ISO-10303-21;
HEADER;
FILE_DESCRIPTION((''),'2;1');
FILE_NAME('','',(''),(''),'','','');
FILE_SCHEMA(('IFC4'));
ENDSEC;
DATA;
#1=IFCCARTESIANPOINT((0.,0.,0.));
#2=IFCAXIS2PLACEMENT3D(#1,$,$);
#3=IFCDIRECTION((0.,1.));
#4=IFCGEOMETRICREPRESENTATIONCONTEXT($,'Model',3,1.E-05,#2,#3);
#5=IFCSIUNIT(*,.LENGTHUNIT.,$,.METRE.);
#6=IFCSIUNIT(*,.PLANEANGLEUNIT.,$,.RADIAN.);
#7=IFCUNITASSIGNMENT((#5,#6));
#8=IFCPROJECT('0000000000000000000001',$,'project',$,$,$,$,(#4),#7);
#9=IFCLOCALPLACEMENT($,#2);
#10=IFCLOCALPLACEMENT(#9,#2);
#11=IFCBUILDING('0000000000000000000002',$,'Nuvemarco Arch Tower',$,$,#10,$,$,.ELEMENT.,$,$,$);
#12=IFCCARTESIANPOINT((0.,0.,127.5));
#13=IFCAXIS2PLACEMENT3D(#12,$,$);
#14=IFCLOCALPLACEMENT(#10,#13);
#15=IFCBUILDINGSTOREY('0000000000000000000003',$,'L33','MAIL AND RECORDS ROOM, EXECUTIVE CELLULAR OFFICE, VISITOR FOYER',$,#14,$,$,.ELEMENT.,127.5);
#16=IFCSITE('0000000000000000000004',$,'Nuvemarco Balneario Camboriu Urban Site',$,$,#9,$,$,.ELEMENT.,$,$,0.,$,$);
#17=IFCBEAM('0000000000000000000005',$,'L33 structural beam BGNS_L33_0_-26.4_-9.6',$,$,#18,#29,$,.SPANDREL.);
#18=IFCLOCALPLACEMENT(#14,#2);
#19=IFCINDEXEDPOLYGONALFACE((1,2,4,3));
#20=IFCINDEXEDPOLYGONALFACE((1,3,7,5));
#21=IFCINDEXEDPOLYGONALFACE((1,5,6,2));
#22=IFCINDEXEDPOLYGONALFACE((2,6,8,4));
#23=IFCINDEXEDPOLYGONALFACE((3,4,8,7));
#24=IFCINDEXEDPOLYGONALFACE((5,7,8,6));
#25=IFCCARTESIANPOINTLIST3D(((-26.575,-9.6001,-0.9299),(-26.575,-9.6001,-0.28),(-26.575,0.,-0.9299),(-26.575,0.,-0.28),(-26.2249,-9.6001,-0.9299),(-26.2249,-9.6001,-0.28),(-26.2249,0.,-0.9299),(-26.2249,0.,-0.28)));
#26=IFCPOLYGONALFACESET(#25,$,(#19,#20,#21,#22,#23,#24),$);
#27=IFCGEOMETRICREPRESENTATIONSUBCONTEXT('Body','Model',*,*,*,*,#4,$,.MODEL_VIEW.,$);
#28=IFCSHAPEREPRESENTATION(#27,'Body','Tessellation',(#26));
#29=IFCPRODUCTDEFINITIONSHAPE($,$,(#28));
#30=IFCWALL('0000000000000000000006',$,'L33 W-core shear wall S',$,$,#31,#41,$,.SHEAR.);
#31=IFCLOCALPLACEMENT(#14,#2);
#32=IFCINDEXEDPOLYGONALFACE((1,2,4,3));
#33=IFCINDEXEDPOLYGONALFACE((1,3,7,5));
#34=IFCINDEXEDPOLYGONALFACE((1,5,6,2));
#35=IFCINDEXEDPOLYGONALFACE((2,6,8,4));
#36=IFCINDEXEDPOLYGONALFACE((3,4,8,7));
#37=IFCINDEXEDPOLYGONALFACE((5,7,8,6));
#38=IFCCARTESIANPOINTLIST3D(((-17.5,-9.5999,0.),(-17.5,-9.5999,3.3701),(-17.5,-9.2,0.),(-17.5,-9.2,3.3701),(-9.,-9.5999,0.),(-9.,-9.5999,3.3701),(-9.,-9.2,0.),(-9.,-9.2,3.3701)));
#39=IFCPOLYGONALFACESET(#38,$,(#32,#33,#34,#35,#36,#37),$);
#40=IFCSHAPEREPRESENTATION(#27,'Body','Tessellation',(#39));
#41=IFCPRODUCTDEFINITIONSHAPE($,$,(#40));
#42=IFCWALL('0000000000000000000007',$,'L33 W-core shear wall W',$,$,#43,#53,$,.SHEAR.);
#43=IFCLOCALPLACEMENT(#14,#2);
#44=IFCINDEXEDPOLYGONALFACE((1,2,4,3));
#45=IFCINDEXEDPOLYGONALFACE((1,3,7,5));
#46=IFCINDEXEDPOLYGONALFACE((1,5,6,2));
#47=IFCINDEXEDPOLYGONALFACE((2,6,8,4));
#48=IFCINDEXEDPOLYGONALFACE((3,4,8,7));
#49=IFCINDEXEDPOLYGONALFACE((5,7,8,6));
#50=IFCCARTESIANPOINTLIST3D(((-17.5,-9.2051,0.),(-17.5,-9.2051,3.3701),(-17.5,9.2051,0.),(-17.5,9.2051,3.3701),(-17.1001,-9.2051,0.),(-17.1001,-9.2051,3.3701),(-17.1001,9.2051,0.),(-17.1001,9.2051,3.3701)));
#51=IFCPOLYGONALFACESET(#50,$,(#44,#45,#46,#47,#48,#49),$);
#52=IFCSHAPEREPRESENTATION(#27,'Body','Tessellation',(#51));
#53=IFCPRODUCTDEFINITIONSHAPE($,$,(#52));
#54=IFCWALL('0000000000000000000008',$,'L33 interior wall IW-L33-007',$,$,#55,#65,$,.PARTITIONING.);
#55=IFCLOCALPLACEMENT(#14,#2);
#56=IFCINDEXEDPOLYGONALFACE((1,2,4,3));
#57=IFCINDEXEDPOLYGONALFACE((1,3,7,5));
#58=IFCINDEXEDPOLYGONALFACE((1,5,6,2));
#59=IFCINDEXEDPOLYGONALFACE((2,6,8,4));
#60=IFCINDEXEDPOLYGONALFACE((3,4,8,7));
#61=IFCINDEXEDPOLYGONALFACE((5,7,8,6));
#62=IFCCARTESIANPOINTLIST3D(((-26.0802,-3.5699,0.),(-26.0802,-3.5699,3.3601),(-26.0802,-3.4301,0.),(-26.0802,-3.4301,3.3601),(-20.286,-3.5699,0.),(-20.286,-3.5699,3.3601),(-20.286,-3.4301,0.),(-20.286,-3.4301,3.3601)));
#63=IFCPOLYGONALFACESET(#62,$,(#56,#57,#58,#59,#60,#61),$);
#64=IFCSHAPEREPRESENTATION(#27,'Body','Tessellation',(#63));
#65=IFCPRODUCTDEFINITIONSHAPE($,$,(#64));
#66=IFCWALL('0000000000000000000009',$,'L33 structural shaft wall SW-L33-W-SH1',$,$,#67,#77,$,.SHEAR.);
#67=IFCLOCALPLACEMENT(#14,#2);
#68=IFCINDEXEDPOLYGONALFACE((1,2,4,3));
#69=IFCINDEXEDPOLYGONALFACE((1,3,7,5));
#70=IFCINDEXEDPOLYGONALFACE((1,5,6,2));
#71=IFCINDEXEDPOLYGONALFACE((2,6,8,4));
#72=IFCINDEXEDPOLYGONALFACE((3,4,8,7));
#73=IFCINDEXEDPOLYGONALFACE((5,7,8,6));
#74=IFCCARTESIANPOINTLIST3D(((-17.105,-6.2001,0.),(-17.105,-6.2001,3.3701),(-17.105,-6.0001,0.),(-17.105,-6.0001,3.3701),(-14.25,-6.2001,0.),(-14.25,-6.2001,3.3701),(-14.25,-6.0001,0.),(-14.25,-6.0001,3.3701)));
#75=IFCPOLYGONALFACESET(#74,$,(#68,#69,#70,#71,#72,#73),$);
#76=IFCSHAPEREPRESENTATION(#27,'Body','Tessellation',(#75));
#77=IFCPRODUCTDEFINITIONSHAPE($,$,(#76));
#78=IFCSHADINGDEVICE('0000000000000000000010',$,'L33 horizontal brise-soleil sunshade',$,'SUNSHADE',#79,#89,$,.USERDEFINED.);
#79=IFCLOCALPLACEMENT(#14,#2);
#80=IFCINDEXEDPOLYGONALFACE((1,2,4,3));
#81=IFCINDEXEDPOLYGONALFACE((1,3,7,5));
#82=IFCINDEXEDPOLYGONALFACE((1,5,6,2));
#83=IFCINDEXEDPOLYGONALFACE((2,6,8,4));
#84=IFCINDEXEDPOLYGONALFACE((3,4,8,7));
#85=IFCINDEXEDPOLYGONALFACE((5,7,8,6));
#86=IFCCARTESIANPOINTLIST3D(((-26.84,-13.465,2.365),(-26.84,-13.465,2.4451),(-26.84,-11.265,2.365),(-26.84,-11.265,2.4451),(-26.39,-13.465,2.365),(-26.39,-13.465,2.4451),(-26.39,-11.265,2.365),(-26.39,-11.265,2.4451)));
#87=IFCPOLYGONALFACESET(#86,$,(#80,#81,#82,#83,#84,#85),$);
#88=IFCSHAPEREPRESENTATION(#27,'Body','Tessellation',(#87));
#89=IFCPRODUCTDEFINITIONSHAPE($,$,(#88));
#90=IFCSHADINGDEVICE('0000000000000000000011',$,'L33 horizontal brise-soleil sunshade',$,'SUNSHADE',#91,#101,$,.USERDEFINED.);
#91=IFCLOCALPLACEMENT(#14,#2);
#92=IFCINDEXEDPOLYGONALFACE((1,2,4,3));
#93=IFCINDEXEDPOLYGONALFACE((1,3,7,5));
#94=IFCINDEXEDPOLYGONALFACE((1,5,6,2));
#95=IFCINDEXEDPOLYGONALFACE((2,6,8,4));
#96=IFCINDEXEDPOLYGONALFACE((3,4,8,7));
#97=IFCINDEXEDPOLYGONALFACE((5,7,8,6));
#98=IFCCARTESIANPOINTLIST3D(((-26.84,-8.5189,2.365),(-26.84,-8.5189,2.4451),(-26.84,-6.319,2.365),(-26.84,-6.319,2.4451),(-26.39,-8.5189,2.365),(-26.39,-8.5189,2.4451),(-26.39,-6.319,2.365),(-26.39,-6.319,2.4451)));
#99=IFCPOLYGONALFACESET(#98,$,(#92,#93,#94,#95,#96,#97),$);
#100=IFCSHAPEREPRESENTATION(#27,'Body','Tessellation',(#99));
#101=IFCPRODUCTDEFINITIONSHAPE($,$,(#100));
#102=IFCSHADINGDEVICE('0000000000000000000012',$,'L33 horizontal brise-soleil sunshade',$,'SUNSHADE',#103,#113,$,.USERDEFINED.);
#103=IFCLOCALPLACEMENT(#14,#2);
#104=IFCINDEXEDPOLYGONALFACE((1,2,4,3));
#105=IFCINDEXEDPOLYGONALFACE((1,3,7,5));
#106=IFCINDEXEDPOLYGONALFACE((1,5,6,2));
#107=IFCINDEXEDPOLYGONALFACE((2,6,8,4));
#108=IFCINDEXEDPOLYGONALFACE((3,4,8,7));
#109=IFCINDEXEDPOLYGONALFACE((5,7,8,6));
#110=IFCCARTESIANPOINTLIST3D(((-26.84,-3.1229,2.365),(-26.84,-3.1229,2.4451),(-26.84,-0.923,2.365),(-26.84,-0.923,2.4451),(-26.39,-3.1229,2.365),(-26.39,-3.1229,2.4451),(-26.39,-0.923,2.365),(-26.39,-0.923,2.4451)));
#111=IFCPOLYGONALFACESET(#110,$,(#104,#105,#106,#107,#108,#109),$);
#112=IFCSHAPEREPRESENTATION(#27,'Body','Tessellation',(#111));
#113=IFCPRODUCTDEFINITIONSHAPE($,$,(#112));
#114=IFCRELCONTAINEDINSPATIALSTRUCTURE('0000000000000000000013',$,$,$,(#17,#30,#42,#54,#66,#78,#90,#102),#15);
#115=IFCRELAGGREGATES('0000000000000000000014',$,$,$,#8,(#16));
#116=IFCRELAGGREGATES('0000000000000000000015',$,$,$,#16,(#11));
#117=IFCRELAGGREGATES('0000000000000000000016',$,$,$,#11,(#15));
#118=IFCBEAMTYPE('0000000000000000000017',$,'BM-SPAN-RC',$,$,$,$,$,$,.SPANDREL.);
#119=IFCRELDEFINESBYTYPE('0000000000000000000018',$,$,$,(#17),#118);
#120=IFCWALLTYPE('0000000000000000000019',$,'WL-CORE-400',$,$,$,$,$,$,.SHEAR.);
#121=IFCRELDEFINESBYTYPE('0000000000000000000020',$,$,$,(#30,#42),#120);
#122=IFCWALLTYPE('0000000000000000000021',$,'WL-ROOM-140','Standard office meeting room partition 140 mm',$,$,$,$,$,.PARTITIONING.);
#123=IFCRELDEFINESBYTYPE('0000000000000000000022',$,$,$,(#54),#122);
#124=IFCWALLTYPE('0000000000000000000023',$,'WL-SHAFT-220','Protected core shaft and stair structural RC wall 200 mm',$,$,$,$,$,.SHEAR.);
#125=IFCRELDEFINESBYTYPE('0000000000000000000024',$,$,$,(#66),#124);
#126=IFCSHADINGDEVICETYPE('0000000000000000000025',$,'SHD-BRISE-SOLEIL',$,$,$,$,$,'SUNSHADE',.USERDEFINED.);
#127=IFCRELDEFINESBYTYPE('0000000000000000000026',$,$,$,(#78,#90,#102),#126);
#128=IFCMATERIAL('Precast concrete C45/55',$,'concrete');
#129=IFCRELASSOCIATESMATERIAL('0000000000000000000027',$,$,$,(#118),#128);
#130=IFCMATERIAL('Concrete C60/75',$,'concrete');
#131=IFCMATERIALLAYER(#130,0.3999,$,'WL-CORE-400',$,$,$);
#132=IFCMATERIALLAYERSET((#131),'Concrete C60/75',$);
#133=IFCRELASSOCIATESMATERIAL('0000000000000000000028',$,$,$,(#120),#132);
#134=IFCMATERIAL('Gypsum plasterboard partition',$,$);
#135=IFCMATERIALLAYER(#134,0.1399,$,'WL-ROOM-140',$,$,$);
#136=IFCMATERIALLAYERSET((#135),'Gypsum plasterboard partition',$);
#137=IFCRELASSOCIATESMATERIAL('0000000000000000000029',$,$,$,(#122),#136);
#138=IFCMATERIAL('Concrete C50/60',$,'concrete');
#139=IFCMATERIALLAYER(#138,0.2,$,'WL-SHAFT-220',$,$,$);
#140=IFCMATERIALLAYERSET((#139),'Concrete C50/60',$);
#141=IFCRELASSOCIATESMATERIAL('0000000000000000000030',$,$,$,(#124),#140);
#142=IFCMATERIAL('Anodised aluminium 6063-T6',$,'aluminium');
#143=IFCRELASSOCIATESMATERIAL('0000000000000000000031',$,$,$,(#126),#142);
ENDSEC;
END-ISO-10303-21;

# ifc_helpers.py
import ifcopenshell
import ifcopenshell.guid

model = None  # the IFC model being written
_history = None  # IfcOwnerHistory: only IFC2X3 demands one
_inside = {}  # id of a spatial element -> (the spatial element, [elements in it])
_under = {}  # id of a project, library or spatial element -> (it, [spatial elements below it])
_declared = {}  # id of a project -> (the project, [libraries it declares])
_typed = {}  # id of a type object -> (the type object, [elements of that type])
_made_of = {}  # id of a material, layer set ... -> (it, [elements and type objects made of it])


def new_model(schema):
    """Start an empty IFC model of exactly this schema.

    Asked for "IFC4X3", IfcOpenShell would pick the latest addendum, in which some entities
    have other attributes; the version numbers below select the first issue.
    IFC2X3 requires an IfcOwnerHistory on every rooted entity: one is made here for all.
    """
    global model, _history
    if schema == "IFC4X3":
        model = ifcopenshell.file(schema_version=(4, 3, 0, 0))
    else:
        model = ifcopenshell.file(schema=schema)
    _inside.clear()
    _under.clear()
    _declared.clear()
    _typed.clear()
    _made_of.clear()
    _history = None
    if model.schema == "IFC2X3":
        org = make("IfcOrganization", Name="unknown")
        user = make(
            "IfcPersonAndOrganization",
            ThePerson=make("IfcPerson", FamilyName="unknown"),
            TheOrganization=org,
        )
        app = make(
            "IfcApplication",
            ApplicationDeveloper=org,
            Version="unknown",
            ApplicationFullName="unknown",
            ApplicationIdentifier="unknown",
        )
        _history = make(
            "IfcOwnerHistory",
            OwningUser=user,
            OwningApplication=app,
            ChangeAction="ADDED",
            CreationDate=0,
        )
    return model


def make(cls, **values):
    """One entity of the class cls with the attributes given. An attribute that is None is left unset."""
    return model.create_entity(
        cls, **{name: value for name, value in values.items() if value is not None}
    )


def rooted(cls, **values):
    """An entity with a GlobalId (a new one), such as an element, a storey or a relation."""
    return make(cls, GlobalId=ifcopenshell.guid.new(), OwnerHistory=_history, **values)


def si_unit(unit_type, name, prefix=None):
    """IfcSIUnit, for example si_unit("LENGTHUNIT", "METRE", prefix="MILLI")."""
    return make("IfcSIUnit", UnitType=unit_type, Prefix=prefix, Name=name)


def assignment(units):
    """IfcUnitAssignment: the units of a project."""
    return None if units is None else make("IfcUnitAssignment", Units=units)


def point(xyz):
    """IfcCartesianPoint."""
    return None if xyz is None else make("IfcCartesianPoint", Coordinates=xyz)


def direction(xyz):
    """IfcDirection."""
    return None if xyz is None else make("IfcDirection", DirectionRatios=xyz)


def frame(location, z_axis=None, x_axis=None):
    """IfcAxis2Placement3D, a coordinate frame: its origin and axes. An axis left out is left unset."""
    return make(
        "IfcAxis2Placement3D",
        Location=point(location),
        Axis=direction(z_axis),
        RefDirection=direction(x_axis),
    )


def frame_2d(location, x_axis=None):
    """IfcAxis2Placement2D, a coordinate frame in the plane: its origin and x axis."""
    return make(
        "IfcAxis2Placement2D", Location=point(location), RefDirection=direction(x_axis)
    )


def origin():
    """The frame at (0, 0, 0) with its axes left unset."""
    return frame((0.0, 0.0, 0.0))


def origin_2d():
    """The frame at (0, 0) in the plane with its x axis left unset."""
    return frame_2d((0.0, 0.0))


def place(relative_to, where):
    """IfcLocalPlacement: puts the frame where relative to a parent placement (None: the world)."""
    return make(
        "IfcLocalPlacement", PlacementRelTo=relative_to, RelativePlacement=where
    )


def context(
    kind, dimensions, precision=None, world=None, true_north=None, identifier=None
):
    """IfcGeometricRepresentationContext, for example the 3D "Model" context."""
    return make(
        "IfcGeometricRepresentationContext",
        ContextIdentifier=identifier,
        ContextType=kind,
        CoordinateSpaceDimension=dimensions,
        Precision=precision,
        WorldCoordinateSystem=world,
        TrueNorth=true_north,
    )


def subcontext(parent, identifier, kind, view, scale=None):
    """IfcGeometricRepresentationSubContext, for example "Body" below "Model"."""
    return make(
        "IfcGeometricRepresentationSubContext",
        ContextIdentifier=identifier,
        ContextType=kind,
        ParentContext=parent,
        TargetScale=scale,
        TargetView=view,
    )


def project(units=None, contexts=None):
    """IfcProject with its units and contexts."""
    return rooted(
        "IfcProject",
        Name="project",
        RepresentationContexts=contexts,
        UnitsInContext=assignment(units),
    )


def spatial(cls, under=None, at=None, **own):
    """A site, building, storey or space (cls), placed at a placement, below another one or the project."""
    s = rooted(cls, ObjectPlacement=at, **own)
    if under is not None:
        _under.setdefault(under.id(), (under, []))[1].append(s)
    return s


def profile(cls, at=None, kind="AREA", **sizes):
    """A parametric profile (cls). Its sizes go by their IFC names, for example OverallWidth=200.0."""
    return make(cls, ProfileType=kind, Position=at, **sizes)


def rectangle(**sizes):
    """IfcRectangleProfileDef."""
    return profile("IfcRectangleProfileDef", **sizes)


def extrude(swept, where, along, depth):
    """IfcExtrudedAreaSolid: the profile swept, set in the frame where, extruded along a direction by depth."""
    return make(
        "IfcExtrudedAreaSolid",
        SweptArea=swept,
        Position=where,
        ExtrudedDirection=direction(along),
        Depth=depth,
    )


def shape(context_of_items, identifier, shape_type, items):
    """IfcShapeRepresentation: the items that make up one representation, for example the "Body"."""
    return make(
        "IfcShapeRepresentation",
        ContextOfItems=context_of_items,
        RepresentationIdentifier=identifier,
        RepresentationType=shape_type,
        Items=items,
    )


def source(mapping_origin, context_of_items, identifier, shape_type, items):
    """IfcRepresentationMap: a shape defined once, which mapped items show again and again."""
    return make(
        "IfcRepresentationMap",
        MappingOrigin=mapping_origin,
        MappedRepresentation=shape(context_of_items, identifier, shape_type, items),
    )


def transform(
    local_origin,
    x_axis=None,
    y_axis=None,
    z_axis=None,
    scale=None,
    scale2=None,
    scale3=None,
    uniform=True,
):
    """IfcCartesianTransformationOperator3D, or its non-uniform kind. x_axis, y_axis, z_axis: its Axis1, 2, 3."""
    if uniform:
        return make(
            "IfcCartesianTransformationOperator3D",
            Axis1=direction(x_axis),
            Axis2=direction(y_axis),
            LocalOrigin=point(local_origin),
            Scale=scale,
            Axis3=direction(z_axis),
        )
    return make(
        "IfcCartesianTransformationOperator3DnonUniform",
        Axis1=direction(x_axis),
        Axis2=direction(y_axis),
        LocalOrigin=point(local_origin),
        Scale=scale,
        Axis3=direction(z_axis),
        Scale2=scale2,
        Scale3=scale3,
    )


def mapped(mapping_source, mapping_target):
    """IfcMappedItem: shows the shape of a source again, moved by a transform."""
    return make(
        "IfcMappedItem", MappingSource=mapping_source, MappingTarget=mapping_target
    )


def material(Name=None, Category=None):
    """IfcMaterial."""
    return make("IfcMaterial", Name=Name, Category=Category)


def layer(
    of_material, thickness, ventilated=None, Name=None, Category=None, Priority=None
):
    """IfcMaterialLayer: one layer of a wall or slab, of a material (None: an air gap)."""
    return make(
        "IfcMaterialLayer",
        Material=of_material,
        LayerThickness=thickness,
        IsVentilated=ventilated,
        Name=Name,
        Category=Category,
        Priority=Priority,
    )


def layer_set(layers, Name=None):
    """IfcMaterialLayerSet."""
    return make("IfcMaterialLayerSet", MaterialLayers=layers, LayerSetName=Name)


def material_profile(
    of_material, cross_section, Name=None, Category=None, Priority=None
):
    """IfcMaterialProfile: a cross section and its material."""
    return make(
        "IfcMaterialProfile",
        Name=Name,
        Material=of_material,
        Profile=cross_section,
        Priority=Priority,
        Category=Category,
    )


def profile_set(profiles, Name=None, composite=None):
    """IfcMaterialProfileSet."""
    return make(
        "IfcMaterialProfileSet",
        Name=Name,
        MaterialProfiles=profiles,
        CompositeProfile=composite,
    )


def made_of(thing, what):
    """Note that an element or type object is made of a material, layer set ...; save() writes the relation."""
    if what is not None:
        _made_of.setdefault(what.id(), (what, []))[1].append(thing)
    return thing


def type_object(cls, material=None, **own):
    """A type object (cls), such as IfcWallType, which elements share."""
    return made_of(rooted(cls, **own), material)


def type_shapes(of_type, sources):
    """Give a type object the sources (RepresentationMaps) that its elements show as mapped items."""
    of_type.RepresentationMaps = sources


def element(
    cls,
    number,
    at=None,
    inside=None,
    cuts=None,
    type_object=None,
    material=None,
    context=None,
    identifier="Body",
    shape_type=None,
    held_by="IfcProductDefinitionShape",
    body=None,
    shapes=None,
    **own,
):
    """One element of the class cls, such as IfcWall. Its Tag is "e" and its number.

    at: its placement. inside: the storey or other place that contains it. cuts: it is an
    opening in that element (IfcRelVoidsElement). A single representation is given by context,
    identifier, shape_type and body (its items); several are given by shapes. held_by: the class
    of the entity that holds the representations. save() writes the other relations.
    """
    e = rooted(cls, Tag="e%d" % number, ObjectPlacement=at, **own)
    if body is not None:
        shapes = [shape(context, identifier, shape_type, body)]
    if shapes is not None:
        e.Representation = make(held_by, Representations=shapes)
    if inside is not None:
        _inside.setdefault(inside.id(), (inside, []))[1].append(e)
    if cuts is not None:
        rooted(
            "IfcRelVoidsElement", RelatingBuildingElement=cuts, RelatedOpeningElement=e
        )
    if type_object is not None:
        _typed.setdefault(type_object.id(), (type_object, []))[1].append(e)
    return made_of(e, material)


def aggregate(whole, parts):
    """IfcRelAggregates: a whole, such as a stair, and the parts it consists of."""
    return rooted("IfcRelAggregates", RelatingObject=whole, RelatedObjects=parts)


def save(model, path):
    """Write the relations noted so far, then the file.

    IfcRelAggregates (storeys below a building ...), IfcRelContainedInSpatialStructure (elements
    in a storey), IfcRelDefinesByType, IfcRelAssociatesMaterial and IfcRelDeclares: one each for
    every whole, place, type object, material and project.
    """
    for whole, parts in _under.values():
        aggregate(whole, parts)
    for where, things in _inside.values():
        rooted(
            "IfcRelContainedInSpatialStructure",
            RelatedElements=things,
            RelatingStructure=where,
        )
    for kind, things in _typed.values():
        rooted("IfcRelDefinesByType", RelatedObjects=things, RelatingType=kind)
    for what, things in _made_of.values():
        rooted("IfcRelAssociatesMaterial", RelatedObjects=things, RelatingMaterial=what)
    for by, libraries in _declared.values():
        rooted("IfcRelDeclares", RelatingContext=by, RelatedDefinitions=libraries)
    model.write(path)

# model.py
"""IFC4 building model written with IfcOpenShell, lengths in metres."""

from ifc_helpers import new_model, si_unit, direction, frame, frame_2d, origin, origin_2d, place, context, subcontext, project, spatial, rectangle, extrude, source, transform, mapped, material, layer, layer_set, material_profile, profile_set, type_object, type_shapes, element, save


model = new_model("IFC4")

# Units and contexts
model_context = context("Model", 3, precision=1e-05, world=origin(), true_north=direction((0.0, 1.0)))
body_context = subcontext(model_context, "Body", "Model", "MODEL_VIEW")
ifc_project = project(units=[si_unit("LENGTHUNIT", "METRE"), si_unit("PLANEANGLEUNIT", "RADIAN")], contexts=[model_context])

# Site, building, storey
site_placement = place(None, origin())
site = spatial("IfcSite", under=ifc_project, at=site_placement, Name="Nuvemarco Balneario Camboriu Urban Site", CompositionType="ELEMENT", RefElevation=0.0)
building_placement = place(site_placement, origin())
building = spatial("IfcBuilding", under=site, at=building_placement, Name="Nuvemarco Arch Tower", CompositionType="ELEMENT")
storey_placement = place(building_placement, frame((0.0, 0.0, 127.5)))
storey = spatial("IfcBuildingStorey", under=building, at=storey_placement, Name="L33", Description="MAIL AND RECORDS ROOM, EXECUTIVE CELLULAR OFFICE, VISITOR FOYER", CompositionType="ELEMENT", Elevation=127.5)

# Shared definitions
ifc_material_1 = material(Name="Concrete C50/60", Category="concrete")

# Beam
ifc_material_2 = material(Name="Precast concrete C45/55", Category="concrete")
ifc_material_profile_1 = material_profile(ifc_material_2, rectangle(XDim=0.3501, YDim=0.6499, at=origin_2d()), Name="PC-SP-350x650")
ifc_profile_set_1 = profile_set([ifc_material_profile_1], Name="Precast concrete C45/55")
beam_type_1 = type_object("IfcBeamType", Name="BM-SPAN-RC", PredefinedType="SPANDREL", material=ifc_profile_set_1)
beam_1_placement = place(storey_placement, frame((-26.3999, -9.6001, -0.605), z_axis=(0.0, 1.0, 0.0), x_axis=(-1.0, 0.0, 0.0)))
element("IfcBeam", 1, at=beam_1_placement, inside=storey, type_object=beam_type_1, Name="L33 structural beam BGNS_L33_0_-26.4_-9.6", PredefinedType="SPANDREL", context=body_context, shape_type="SweptSolid", body=[
    extrude(rectangle(XDim=0.3501, YDim=0.6499, at=origin_2d()), origin(), (0.0, 0.0, 1.0), 9.6001),
])

# Walls
ifc_material_3 = material(Name="Concrete C60/75", Category="concrete")
ifc_layer_1 = layer(ifc_material_3, 0.3999, Name="WL-CORE-400")
ifc_layer_set_1 = layer_set([ifc_layer_1], Name="Concrete C60/75")
wall_type_1 = type_object("IfcWallType", Name="WL-CORE-400", PredefinedType="SHEAR", material=ifc_layer_set_1)
wall_1_placement = place(storey_placement, frame((-17.5, -9.3999, 0.0), z_axis=(0.0, 0.0, 1.0), x_axis=(1.0, 0.0, 0.0)))
element("IfcWall", 2, at=wall_1_placement, inside=storey, type_object=wall_type_1, Name="L33 W-core shear wall S", PredefinedType="SHEAR", context=body_context, shape_type="SweptSolid", body=[
    extrude(rectangle(XDim=8.5, YDim=0.3999, at=frame_2d((4.25, 0.0))), origin(), (0.0, 0.0, 1.0), 3.3701),
])
wall_2_placement = place(storey_placement, frame((-17.3, -9.2051, 0.0), z_axis=(0.0, 0.0, 1.0), x_axis=(0.0, 1.0, 0.0)))
element("IfcWall", 3, at=wall_2_placement, inside=storey, type_object=wall_type_1, Name="L33 W-core shear wall W", PredefinedType="SHEAR", context=body_context, shape_type="SweptSolid", body=[
    extrude(rectangle(XDim=18.4102, YDim=0.3999, at=frame_2d((9.2051, 0.0))), origin(), (0.0, 0.0, 1.0), 3.3701),
])
ifc_material_4 = material(Name="Gypsum plasterboard partition")
ifc_layer_2 = layer(ifc_material_4, 0.1399, Name="WL-ROOM-140")
ifc_layer_set_2 = layer_set([ifc_layer_2], Name="Gypsum plasterboard partition")
wall_type_2 = type_object("IfcWallType", Name="WL-ROOM-140", Description="Standard office meeting room partition 140 mm", PredefinedType="PARTITIONING", material=ifc_layer_set_2)
wall_3_placement = place(storey_placement, frame((-26.0801, -3.5, 0.0), z_axis=(0.0, 0.0, 1.0), x_axis=(1.0, 0.0, 0.0)))
element("IfcWall", 4, at=wall_3_placement, inside=storey, type_object=wall_type_2, Name="L33 interior wall IW-L33-007", PredefinedType="PARTITIONING", context=body_context, shape_type="SweptSolid", body=[
    extrude(rectangle(XDim=5.7942, YDim=0.1399, at=frame_2d((2.897, 0.0))), origin(), (0.0, 0.0, 1.0), 3.3601),
])
ifc_layer_3 = layer(ifc_material_1, 0.2, Name="WL-SHAFT-220")
ifc_layer_set_3 = layer_set([ifc_layer_3], Name="Concrete C50/60")
wall_type_3 = type_object("IfcWallType", Name="WL-SHAFT-220", Description="Protected core shaft and stair structural RC wall 200 mm", PredefinedType="SHEAR", material=ifc_layer_set_3)
wall_4_placement = place(storey_placement, frame((-17.105, -6.1001, 0.0), z_axis=(0.0, 0.0, 1.0), x_axis=(1.0, 0.0, 0.0)))
element("IfcWall", 5, at=wall_4_placement, inside=storey, type_object=wall_type_3, Name="L33 structural shaft wall SW-L33-W-SH1", PredefinedType="SHEAR", context=body_context, shape_type="SweptSolid", body=[
    extrude(rectangle(XDim=2.855, YDim=0.2, at=frame_2d((1.4275, 0.0))), origin(), (0.0, 0.0, 1.0), 3.3701),
])

# Shading devices
ifc_material_5 = material(Name="Anodised aluminium 6063-T6", Category="aluminium")
shading_device_type = type_object("IfcShadingDeviceType", Name="SHD-BRISE-SOLEIL", ElementType="SUNSHADE", PredefinedType="USERDEFINED", material=ifc_material_5)
shared_shape = source(origin(), body_context, "Body", "SweptSolid", [
    extrude(rectangle(XDim=2.2, YDim=0.45, at=origin_2d()), origin(), (0.0, 0.0, 1.0), 0.0801),
])
type_shapes(shading_device_type, [shared_shape])
for number, where, z_axis, x_axis, name in (
    (6, (-26.615, -12.365, 2.365), (0.0, 0.0, 1.0), (0.0, 1.0, 0.0), "L33 horizontal brise-soleil sunshade"),
    (7, (-26.615, -7.4189, 2.365), (0.0, 0.0, 1.0), (0.0, 1.0, 0.0), "L33 horizontal brise-soleil sunshade"),
    (8, (-26.615, -2.0229, 2.365), (0.0, 0.0, 1.0), (0.0, 1.0, 0.0), "L33 horizontal brise-soleil sunshade"),
):
    element("IfcShadingDevice", number, at=place(storey_placement, frame(where, z_axis=z_axis, x_axis=x_axis)), inside=storey, type_object=shading_device_type, Name=name, ObjectType="SUNSHADE", PredefinedType="USERDEFINED", context=body_context, shape_type="MappedRepresentation", body=[
        mapped(shared_shape, transform((0.0, 0.0, 0.0), scale=1.0)),
    ])

save(model, "model.ifc")
